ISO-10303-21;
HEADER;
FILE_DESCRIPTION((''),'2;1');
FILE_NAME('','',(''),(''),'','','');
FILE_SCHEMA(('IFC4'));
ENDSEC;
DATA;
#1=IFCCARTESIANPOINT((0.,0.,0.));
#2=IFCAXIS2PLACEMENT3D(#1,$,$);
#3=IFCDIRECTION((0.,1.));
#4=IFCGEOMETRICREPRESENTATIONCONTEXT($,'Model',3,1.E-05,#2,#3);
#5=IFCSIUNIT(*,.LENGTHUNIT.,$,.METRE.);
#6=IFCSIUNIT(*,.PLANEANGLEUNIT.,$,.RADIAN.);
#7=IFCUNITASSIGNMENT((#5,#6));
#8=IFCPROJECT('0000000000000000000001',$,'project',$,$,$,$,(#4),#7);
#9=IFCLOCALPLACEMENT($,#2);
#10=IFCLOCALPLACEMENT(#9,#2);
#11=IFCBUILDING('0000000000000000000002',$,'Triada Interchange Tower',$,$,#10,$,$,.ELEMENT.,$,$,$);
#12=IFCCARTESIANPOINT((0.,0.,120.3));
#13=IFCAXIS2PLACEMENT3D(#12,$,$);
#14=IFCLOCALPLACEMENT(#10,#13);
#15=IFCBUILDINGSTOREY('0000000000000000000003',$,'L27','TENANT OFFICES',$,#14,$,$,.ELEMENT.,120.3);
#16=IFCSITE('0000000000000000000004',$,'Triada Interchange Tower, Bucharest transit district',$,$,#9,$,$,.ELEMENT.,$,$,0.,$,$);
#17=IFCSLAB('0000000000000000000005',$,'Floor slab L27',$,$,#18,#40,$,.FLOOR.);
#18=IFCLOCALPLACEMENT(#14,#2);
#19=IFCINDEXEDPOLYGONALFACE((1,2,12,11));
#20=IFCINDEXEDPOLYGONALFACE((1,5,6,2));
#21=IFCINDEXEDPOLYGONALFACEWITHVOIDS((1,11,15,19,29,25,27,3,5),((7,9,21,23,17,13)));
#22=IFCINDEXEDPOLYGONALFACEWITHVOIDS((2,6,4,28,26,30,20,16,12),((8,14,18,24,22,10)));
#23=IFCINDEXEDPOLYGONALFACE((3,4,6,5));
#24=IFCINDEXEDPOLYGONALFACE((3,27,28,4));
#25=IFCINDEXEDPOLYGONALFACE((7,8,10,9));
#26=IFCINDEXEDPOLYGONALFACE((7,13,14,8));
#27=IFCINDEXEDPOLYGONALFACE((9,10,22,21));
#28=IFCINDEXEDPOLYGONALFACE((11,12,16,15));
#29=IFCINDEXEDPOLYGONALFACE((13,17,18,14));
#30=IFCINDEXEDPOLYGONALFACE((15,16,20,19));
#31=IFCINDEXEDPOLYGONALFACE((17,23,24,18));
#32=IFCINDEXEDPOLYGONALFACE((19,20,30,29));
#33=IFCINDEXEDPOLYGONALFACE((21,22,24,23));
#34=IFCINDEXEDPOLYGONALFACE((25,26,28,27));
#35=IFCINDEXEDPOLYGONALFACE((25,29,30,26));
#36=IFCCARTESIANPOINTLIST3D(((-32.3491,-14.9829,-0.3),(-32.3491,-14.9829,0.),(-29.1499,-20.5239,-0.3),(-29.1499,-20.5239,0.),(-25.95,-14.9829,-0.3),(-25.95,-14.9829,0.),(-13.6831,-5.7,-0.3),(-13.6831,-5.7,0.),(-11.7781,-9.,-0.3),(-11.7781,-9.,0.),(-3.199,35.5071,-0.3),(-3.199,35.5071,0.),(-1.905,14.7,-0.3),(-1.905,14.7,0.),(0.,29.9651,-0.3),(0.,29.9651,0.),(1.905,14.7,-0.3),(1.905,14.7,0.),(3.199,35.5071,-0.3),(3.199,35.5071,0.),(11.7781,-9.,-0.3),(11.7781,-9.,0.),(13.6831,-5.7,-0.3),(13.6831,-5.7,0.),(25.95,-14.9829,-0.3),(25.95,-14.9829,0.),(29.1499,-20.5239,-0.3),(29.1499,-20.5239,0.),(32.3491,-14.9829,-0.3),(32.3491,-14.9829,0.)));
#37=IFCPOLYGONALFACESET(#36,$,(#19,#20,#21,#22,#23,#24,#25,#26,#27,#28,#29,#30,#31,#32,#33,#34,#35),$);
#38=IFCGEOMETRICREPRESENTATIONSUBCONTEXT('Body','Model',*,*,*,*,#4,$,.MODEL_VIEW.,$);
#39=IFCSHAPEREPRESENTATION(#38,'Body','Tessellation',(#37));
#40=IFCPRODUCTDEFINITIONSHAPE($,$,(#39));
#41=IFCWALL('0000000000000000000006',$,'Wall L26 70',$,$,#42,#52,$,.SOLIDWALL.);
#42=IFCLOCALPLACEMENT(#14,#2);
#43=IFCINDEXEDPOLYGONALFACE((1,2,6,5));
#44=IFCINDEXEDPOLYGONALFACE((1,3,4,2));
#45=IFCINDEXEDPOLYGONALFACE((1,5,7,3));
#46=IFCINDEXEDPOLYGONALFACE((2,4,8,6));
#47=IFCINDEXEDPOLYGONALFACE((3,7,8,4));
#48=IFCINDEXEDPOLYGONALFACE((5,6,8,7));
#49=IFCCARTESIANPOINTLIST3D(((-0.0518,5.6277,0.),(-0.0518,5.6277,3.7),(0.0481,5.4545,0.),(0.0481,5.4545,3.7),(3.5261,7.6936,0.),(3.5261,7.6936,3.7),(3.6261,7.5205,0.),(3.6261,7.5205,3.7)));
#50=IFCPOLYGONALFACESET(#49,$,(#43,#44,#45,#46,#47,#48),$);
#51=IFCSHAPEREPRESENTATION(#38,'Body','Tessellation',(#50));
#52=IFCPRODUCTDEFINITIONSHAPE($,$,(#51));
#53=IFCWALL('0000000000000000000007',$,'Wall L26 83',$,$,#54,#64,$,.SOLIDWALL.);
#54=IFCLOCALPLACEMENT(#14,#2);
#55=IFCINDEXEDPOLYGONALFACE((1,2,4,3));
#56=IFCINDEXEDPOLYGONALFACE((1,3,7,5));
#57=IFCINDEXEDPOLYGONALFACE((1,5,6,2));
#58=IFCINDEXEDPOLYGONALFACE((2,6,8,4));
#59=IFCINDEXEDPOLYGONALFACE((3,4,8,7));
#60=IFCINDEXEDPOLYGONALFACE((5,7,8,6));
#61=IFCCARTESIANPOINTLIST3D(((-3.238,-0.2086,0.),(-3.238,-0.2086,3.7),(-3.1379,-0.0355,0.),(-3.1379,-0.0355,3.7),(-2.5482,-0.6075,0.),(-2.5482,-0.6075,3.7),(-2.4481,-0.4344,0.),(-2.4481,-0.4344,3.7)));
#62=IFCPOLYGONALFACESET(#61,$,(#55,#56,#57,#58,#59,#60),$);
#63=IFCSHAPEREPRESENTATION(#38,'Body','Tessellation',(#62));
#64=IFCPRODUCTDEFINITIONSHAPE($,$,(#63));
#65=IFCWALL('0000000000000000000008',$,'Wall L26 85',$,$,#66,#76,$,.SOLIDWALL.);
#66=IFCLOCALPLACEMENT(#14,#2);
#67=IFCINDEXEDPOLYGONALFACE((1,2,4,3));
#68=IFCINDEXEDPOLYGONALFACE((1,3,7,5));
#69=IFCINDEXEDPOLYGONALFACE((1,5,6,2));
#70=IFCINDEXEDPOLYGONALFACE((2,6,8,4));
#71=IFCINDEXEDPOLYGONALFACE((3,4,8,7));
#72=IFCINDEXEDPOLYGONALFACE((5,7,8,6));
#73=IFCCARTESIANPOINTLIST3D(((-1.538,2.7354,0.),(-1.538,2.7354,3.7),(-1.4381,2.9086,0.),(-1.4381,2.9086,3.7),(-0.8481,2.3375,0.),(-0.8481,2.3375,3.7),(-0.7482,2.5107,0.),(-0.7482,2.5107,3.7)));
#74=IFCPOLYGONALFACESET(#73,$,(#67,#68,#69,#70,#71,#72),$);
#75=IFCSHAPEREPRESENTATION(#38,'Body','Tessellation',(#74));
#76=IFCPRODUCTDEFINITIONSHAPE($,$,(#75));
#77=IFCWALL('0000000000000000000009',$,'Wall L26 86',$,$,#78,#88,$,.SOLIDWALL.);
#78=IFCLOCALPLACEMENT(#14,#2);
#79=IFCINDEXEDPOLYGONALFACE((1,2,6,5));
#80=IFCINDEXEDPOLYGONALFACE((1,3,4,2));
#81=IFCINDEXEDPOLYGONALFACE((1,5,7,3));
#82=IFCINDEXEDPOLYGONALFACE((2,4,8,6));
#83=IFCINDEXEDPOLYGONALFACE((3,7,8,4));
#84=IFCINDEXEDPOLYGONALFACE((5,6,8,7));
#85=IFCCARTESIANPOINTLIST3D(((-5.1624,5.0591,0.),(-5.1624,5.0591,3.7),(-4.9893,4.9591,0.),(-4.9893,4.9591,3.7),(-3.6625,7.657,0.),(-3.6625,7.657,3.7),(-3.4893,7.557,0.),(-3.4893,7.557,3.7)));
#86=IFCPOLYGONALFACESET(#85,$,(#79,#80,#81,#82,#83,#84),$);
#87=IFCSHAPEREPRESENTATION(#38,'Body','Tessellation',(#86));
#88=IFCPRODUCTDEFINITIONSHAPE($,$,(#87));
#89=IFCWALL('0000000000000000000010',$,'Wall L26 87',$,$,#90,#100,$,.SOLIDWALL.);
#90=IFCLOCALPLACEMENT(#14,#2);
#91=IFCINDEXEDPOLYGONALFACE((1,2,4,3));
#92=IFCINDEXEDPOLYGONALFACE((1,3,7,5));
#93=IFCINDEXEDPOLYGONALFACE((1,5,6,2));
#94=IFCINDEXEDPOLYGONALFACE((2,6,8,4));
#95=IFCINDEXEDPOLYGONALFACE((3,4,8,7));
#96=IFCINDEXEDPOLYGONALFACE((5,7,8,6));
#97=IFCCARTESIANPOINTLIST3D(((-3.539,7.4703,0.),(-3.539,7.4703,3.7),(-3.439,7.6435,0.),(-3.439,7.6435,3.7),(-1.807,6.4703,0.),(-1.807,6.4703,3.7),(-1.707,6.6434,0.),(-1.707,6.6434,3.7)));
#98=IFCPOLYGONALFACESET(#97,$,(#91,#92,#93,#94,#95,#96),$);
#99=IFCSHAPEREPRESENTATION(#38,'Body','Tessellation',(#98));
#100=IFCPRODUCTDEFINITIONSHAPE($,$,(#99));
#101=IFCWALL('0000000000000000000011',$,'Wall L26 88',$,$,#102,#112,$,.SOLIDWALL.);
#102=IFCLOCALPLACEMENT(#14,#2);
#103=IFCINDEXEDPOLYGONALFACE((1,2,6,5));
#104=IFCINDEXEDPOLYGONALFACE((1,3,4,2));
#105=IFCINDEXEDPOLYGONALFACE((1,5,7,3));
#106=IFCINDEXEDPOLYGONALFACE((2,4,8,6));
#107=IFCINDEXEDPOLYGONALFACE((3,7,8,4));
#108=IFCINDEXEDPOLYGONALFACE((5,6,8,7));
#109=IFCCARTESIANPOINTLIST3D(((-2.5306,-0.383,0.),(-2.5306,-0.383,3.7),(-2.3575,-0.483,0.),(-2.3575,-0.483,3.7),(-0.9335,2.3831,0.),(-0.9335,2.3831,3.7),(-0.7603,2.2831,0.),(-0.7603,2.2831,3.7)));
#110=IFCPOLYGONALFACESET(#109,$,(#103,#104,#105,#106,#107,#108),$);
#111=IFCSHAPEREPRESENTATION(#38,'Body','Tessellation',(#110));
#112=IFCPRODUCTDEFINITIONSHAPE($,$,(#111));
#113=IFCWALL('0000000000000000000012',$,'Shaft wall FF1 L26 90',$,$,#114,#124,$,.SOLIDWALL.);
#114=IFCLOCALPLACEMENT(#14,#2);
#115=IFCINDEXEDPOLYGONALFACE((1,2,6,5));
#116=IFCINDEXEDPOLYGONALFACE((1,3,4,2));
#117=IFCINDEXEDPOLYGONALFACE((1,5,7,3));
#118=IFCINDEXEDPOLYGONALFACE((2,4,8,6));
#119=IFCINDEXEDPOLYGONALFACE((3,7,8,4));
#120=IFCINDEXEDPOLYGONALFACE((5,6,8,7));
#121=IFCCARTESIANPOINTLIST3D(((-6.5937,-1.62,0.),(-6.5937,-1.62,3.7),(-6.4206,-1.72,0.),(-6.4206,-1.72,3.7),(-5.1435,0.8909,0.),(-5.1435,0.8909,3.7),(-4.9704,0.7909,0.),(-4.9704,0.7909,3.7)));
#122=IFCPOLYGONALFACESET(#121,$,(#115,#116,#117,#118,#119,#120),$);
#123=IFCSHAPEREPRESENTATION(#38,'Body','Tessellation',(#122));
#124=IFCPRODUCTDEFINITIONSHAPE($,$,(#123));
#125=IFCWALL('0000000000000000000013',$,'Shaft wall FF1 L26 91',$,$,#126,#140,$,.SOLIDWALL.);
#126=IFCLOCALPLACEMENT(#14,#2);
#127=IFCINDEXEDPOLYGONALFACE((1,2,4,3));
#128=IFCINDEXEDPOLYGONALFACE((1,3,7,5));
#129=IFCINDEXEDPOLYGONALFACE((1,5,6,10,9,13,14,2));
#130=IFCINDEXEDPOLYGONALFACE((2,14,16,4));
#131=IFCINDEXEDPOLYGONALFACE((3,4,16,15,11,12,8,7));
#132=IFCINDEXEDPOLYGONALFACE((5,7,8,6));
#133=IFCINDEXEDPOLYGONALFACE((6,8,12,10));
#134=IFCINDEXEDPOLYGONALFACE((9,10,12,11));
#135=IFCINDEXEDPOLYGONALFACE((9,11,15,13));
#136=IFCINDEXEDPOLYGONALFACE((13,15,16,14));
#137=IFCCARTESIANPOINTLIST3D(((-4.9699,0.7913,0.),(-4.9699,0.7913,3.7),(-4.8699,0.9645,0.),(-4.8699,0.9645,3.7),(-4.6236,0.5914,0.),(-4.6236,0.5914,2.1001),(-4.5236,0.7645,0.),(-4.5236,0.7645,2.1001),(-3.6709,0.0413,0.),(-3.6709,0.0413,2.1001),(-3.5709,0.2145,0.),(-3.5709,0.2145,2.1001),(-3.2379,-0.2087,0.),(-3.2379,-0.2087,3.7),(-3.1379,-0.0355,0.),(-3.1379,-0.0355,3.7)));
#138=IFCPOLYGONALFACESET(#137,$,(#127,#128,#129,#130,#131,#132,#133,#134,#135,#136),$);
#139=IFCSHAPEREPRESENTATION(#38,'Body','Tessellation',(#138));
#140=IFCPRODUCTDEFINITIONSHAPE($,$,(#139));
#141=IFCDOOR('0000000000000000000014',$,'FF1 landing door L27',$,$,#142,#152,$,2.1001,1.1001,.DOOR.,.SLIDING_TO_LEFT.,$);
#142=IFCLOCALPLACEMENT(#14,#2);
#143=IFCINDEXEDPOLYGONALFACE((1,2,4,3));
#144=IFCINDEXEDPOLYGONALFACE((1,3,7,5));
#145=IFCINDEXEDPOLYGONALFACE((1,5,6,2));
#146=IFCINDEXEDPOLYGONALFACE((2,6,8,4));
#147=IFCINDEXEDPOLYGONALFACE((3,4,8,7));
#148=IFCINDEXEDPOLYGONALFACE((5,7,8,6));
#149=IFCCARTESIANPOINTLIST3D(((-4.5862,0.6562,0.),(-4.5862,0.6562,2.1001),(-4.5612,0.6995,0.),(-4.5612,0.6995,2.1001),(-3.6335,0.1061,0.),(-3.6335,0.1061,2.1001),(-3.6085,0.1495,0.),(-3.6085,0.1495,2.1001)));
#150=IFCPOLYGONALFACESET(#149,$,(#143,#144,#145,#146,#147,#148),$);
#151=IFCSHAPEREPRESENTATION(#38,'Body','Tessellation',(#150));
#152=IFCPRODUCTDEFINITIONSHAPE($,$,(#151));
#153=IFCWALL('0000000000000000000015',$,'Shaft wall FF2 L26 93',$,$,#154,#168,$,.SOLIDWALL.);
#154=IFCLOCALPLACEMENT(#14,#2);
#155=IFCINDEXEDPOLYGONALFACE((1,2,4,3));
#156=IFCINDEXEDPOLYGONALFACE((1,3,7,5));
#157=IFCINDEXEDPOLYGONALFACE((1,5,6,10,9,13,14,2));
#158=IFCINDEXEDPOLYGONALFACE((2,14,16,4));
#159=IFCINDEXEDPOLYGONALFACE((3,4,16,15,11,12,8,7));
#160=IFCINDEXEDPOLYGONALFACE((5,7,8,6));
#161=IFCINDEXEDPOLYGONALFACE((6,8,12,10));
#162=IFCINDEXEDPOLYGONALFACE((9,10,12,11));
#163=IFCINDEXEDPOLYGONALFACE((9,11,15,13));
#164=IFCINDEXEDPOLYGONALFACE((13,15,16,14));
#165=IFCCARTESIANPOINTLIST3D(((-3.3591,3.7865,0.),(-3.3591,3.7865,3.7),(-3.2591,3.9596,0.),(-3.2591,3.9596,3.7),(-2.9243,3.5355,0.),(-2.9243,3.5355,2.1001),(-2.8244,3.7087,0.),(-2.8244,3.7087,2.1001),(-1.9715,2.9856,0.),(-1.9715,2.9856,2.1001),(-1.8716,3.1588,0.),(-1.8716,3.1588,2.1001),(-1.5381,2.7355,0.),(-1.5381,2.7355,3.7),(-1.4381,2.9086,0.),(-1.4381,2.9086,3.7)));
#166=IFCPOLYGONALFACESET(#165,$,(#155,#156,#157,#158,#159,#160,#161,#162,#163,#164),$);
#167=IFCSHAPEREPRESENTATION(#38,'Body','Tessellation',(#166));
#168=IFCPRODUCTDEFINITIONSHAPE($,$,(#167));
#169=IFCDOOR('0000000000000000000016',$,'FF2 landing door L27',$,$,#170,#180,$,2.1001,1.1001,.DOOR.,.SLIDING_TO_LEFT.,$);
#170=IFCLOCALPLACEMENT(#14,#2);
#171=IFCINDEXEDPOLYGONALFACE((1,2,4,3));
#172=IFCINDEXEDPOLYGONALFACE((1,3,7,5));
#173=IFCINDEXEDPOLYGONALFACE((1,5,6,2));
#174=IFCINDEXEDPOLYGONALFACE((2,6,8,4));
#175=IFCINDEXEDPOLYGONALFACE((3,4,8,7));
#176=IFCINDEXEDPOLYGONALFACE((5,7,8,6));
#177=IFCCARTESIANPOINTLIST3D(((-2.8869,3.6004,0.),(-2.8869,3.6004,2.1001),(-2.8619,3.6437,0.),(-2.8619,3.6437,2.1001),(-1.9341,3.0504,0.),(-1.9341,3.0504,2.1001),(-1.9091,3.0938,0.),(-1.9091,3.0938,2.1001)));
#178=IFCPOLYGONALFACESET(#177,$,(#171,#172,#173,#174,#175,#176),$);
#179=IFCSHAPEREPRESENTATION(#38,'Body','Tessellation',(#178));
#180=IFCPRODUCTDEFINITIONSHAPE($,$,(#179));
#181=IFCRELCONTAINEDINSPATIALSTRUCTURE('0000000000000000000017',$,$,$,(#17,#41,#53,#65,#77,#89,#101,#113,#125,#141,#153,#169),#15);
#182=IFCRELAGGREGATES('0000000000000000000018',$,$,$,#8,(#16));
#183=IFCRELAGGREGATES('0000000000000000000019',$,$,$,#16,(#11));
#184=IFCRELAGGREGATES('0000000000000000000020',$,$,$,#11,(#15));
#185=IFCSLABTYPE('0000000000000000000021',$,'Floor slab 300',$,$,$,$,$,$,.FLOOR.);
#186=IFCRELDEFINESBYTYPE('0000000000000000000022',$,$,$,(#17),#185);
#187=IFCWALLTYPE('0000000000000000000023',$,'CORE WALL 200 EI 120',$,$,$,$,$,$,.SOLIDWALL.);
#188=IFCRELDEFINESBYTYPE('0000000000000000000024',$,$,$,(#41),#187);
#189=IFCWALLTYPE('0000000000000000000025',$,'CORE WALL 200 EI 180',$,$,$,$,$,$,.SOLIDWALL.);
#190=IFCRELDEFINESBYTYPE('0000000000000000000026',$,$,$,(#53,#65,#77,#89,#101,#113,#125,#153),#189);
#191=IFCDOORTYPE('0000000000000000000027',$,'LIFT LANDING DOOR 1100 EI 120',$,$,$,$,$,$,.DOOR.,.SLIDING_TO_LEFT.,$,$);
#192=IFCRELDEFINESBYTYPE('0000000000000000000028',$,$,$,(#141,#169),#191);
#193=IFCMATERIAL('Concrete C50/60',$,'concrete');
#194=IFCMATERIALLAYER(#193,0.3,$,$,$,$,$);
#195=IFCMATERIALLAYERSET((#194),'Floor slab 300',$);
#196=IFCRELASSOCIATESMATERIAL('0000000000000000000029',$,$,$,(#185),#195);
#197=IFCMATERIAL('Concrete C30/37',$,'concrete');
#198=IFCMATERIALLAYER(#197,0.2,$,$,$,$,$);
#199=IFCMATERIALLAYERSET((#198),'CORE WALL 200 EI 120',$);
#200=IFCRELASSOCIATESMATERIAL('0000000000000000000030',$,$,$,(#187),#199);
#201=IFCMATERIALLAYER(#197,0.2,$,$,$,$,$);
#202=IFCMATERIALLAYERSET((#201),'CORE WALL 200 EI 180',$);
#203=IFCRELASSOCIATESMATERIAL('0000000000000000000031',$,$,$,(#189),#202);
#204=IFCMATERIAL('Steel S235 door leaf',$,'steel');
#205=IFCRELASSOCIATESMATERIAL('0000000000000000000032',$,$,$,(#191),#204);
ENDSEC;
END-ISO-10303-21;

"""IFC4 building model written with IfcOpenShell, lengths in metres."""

from ifc_helpers import new_model, si_unit, direction, frame, frame_2d, origin, place, context, subcontext, project, spatial, polyline, rectangle, outline, extrude, material, layer, layer_set, type_object, element, fill, save


model = new_model("IFC4")

# Units and contexts
model_context = context("Model", 3, precision=1e-05, world=origin(), true_north=direction((0.0, 1.0)))
body_context = subcontext(model_context, "Body", "Model", "MODEL_VIEW")
ifc_project = project(units=[si_unit("LENGTHUNIT", "METRE"), si_unit("PLANEANGLEUNIT", "RADIAN")], contexts=[model_context])

# Site, building, storey
site_placement = place(None, origin())
site = spatial("IfcSite", under=ifc_project, at=site_placement, Name="Triada Interchange Tower, Bucharest transit district", CompositionType="ELEMENT", RefElevation=0.0)
building_placement = place(site_placement, origin())
building = spatial("IfcBuilding", under=site, at=building_placement, Name="Triada Interchange Tower", CompositionType="ELEMENT")
storey_placement = place(building_placement, frame((0.0, 0.0, 120.3)))
storey = spatial("IfcBuildingStorey", under=building, at=storey_placement, Name="L27", Description="TENANT OFFICES", CompositionType="ELEMENT", Elevation=120.3)

# Slab
ifc_material_1 = material(Name="Concrete C50/60", Category="concrete")
ifc_layer_1 = layer(ifc_material_1, 0.3)
ifc_layer_set_1 = layer_set([ifc_layer_1], Name="Floor slab 300")
slab_type = type_object("IfcSlabType", Name="Floor slab 300", PredefinedType="FLOOR", material=ifc_layer_set_1)
slab_placement = place(storey_placement, frame((0.0, 0.0, -0.3)))
element("IfcSlab", 1, at=slab_placement, inside=storey, type_object=slab_type, Name="Floor slab L27", PredefinedType="FLOOR", context=body_context, shape_type="SweptSolid", body=[
    extrude(outline(polyline([(-3.199, 35.5071), (-32.3491, -14.9829), (-25.95, -14.9829), (-29.1499, -20.5239), (29.1499, -20.5239), (25.95, -14.9829), (32.3491, -14.9829), (3.199, 35.5071), (0.0, 29.9651), (-3.199, 35.5071)]), holes=[polyline([(1.905, 14.7), (-1.905, 14.7), (-13.6831, -5.7), (-11.7781, -9.0), (11.7781, -9.0), (13.6831, -5.7), (1.905, 14.7)])]), origin(), (0.0, 0.0, 1.0), 0.3),
])

# Walls
ifc_material_2 = material(Name="Concrete C30/37", Category="concrete")
ifc_layer_2 = layer(ifc_material_2, 0.2)
ifc_layer_set_2 = layer_set([ifc_layer_2], Name="CORE WALL 200 EI 120")
wall_type_1 = type_object("IfcWallType", Name="CORE WALL 200 EI 120", PredefinedType="SOLIDWALL", material=ifc_layer_set_2)
wall_1_placement = place(storey_placement, frame((-0.002, 5.541, 0.0), z_axis=(0.0, 0.0, 1.0), x_axis=(0.866002, 0.500041, 0.0)))
element("IfcWall", 2, at=wall_1_placement, inside=storey, type_object=wall_type_1, Name="Wall L26 70", PredefinedType="SOLIDWALL", context=body_context, shape_type="SweptSolid", body=[
    extrude(rectangle(XDim=4.1316, YDim=0.2, at=frame_2d((2.0659, 0.0))), origin(), (0.0, 0.0, 1.0), 3.7),
])
ifc_layer_3 = layer(ifc_material_2, 0.2)
ifc_layer_set_3 = layer_set([ifc_layer_3], Name="CORE WALL 200 EI 180")
wall_type_2 = type_object("IfcWallType", Name="CORE WALL 200 EI 180", PredefinedType="SOLIDWALL", material=ifc_layer_set_3)
wall_2_placement = place(storey_placement, frame((-3.188, -0.1221, 0.0), z_axis=(0.0, 0.0, 1.0), x_axis=(0.865706, -0.500553, 0.0)))
element("IfcWall", 3, at=wall_2_placement, inside=storey, type_object=wall_type_2, Name="Wall L26 83", PredefinedType="SOLIDWALL", context=body_context, shape_type="SweptSolid", body=[
    extrude(rectangle(XDim=0.7969, YDim=0.2, at=frame_2d((0.3984, 0.0))), origin(), (0.0, 0.0, 1.0), 3.7),
])
wall_3_placement = place(storey_placement, frame((-1.488, 2.822, 0.0), z_axis=(0.0, 0.0, 1.0), x_axis=(0.866237, -0.499634, 0.0)))
element("IfcWall", 4, at=wall_3_placement, inside=storey, type_object=wall_type_2, Name="Wall L26 85", PredefinedType="SOLIDWALL", context=body_context, shape_type="SweptSolid", body=[
    extrude(rectangle(XDim=0.7964, YDim=0.2, at=frame_2d((0.3982, 0.0))), origin(), (0.0, 0.0, 1.0), 3.7),
])
wall_4_placement = place(storey_placement, frame((-5.0759, 5.009, 0.0), z_axis=(0.0, 0.0, 1.0), x_axis=(0.500025, 0.866011, 0.0)))
element("IfcWall", 5, at=wall_4_placement, inside=storey, type_object=wall_type_2, Name="Wall L26 86", PredefinedType="SOLIDWALL", context=body_context, shape_type="SweptSolid", body=[
    extrude(rectangle(XDim=2.9998, YDim=0.2, at=frame_2d((1.5, 0.0))), origin(), (0.0, 0.0, 1.0), 3.7),
])
wall_5_placement = place(storey_placement, frame((-3.489, 7.5569, 0.0), z_axis=(0.0, 0.0, 1.0), x_axis=(0.866011, -0.500025, 0.0)))
element("IfcWall", 6, at=wall_5_placement, inside=storey, type_object=wall_type_2, Name="Wall L26 87", PredefinedType="SOLIDWALL", context=body_context, shape_type="SweptSolid", body=[
    extrude(rectangle(XDim=2.0, YDim=0.2, at=frame_2d((1.0, 0.0))), origin(), (0.0, 0.0, 1.0), 3.7),
])
wall_6_placement = place(storey_placement, frame((-2.4441, -0.4331, 0.0), z_axis=(0.0, 0.0, 1.0), x_axis=(0.500036, 0.866005, 0.0)))
element("IfcWall", 7, at=wall_6_placement, inside=storey, type_object=wall_type_2, Name="Wall L26 88", PredefinedType="SOLIDWALL", context=body_context, shape_type="SweptSolid", body=[
    extrude(rectangle(XDim=3.1941, YDim=0.2, at=frame_2d((1.5972, 0.0))), origin(), (0.0, 0.0, 1.0), 3.7),
])
wall_7_placement = place(storey_placement, frame((-6.5071, -1.6699, 0.0), z_axis=(0.0, 0.0, 1.0), x_axis=(0.500123, 0.865954, 0.0)))
element("IfcWall", 8, at=wall_7_placement, inside=storey, type_object=wall_type_2, Name="Shaft wall FF1 L26 90", PredefinedType="SOLIDWALL", context=body_context, shape_type="SweptSolid", body=[
    extrude(rectangle(XDim=2.8997, YDim=0.2, at=frame_2d((1.4497, 0.0))), origin(), (0.0, 0.0, 1.0), 3.7),
])

# Walls, openings, doors
wall_8_placement = place(storey_placement, frame((-4.9199, 0.8779, 0.0), z_axis=(0.0, 0.0, 1.0), x_axis=(0.866011, -0.500025, 0.0)))
wall_8 = element("IfcWall", 9, at=wall_8_placement, inside=storey, type_object=wall_type_2, Name="Shaft wall FF1 L26 91", PredefinedType="SOLIDWALL", context=body_context, shape_type="SweptSolid", body=[
    extrude(rectangle(XDim=2.0, YDim=0.2, at=frame_2d((1.0, 0.0))), origin(), (0.0, 0.0, 1.0), 3.7),
])
opening_1_placement = place(wall_8_placement, frame((0.3999, 0.0, 0.0)))
opening_1 = element("IfcOpeningElement", 10, at=opening_1_placement, cuts=wall_8, PredefinedType="OPENING", context=body_context, shape_type="SweptSolid", body=[
    extrude(rectangle(XDim=1.1001, YDim=2.1001, at=frame_2d((0.55, 1.05))), frame((0.0, 0.1099, 0.0), z_axis=(0.0, -1.0, 0.0), x_axis=(1.0, 0.0, 0.0)), (0.0, 0.0, 1.0), 0.22),
])
ifc_material_3 = material(Name="Steel S235 door leaf", Category="steel")
door_type = type_object("IfcDoorType", Name="LIFT LANDING DOOR 1100 EI 120", OperationType="SLIDING_TO_LEFT", PredefinedType="DOOR", material=ifc_material_3)
door_1_placement = place(opening_1_placement, origin())
door_1 = element("IfcDoor", 11, at=door_1_placement, inside=storey, type_object=door_type, Name="FF1 landing door L27", OperationType="SLIDING_TO_LEFT", OverallHeight=2.1001, OverallWidth=1.1001, PredefinedType="DOOR", context=body_context, shape_type="SweptSolid", body=[
    extrude(rectangle(XDim=1.1001, YDim=2.1001, at=frame_2d((0.55, 1.05))), frame((0.0, 0.0249, 0.0), z_axis=(0.0, -1.0, 0.0), x_axis=(1.0, 0.0, 0.0)), (0.0, 0.0, 1.0), 0.05),
])
fill(opening_1, door_1)
wall_9_placement = place(storey_placement, frame((-3.3091, 3.873, 0.0), z_axis=(0.0, 0.0, 1.0), x_axis=(0.866099, -0.499873, 0.0)))
wall_9 = element("IfcWall", 12, at=wall_9_placement, inside=storey, type_object=wall_type_2, Name="Shaft wall FF2 L26 93", PredefinedType="SOLIDWALL", context=body_context, shape_type="SweptSolid", body=[
    extrude(rectangle(XDim=2.1025, YDim=0.2, at=frame_2d((1.0513, 0.0))), origin(), (0.0, 0.0, 1.0), 3.7),
])
opening_2_placement = place(wall_9_placement, frame((0.502, 0.0, 0.0)))
opening_2 = element("IfcOpeningElement", 13, at=opening_2_placement, cuts=wall_9, PredefinedType="OPENING", context=body_context, shape_type="SweptSolid", body=[
    extrude(rectangle(XDim=1.1001, YDim=2.1001, at=frame_2d((0.55, 1.05))), frame((0.0, 0.1099, 0.0), z_axis=(0.0, -1.0, 0.0), x_axis=(1.0, 0.0, 0.0)), (0.0, 0.0, 1.0), 0.22),
])
door_2_placement = place(opening_2_placement, origin())
door_2 = element("IfcDoor", 14, at=door_2_placement, inside=storey, type_object=door_type, Name="FF2 landing door L27", OperationType="SLIDING_TO_LEFT", OverallHeight=2.1001, OverallWidth=1.1001, PredefinedType="DOOR", context=body_context, shape_type="SweptSolid", body=[
    extrude(rectangle(XDim=1.1001, YDim=2.1001, at=frame_2d((0.55, 1.05))), frame((0.0, 0.0249, 0.0), z_axis=(0.0, -1.0, 0.0), x_axis=(1.0, 0.0, 0.0)), (0.0, 0.0, 1.0), 0.05),
])
fill(opening_2, door_2)

save(model, "model.ifc")
